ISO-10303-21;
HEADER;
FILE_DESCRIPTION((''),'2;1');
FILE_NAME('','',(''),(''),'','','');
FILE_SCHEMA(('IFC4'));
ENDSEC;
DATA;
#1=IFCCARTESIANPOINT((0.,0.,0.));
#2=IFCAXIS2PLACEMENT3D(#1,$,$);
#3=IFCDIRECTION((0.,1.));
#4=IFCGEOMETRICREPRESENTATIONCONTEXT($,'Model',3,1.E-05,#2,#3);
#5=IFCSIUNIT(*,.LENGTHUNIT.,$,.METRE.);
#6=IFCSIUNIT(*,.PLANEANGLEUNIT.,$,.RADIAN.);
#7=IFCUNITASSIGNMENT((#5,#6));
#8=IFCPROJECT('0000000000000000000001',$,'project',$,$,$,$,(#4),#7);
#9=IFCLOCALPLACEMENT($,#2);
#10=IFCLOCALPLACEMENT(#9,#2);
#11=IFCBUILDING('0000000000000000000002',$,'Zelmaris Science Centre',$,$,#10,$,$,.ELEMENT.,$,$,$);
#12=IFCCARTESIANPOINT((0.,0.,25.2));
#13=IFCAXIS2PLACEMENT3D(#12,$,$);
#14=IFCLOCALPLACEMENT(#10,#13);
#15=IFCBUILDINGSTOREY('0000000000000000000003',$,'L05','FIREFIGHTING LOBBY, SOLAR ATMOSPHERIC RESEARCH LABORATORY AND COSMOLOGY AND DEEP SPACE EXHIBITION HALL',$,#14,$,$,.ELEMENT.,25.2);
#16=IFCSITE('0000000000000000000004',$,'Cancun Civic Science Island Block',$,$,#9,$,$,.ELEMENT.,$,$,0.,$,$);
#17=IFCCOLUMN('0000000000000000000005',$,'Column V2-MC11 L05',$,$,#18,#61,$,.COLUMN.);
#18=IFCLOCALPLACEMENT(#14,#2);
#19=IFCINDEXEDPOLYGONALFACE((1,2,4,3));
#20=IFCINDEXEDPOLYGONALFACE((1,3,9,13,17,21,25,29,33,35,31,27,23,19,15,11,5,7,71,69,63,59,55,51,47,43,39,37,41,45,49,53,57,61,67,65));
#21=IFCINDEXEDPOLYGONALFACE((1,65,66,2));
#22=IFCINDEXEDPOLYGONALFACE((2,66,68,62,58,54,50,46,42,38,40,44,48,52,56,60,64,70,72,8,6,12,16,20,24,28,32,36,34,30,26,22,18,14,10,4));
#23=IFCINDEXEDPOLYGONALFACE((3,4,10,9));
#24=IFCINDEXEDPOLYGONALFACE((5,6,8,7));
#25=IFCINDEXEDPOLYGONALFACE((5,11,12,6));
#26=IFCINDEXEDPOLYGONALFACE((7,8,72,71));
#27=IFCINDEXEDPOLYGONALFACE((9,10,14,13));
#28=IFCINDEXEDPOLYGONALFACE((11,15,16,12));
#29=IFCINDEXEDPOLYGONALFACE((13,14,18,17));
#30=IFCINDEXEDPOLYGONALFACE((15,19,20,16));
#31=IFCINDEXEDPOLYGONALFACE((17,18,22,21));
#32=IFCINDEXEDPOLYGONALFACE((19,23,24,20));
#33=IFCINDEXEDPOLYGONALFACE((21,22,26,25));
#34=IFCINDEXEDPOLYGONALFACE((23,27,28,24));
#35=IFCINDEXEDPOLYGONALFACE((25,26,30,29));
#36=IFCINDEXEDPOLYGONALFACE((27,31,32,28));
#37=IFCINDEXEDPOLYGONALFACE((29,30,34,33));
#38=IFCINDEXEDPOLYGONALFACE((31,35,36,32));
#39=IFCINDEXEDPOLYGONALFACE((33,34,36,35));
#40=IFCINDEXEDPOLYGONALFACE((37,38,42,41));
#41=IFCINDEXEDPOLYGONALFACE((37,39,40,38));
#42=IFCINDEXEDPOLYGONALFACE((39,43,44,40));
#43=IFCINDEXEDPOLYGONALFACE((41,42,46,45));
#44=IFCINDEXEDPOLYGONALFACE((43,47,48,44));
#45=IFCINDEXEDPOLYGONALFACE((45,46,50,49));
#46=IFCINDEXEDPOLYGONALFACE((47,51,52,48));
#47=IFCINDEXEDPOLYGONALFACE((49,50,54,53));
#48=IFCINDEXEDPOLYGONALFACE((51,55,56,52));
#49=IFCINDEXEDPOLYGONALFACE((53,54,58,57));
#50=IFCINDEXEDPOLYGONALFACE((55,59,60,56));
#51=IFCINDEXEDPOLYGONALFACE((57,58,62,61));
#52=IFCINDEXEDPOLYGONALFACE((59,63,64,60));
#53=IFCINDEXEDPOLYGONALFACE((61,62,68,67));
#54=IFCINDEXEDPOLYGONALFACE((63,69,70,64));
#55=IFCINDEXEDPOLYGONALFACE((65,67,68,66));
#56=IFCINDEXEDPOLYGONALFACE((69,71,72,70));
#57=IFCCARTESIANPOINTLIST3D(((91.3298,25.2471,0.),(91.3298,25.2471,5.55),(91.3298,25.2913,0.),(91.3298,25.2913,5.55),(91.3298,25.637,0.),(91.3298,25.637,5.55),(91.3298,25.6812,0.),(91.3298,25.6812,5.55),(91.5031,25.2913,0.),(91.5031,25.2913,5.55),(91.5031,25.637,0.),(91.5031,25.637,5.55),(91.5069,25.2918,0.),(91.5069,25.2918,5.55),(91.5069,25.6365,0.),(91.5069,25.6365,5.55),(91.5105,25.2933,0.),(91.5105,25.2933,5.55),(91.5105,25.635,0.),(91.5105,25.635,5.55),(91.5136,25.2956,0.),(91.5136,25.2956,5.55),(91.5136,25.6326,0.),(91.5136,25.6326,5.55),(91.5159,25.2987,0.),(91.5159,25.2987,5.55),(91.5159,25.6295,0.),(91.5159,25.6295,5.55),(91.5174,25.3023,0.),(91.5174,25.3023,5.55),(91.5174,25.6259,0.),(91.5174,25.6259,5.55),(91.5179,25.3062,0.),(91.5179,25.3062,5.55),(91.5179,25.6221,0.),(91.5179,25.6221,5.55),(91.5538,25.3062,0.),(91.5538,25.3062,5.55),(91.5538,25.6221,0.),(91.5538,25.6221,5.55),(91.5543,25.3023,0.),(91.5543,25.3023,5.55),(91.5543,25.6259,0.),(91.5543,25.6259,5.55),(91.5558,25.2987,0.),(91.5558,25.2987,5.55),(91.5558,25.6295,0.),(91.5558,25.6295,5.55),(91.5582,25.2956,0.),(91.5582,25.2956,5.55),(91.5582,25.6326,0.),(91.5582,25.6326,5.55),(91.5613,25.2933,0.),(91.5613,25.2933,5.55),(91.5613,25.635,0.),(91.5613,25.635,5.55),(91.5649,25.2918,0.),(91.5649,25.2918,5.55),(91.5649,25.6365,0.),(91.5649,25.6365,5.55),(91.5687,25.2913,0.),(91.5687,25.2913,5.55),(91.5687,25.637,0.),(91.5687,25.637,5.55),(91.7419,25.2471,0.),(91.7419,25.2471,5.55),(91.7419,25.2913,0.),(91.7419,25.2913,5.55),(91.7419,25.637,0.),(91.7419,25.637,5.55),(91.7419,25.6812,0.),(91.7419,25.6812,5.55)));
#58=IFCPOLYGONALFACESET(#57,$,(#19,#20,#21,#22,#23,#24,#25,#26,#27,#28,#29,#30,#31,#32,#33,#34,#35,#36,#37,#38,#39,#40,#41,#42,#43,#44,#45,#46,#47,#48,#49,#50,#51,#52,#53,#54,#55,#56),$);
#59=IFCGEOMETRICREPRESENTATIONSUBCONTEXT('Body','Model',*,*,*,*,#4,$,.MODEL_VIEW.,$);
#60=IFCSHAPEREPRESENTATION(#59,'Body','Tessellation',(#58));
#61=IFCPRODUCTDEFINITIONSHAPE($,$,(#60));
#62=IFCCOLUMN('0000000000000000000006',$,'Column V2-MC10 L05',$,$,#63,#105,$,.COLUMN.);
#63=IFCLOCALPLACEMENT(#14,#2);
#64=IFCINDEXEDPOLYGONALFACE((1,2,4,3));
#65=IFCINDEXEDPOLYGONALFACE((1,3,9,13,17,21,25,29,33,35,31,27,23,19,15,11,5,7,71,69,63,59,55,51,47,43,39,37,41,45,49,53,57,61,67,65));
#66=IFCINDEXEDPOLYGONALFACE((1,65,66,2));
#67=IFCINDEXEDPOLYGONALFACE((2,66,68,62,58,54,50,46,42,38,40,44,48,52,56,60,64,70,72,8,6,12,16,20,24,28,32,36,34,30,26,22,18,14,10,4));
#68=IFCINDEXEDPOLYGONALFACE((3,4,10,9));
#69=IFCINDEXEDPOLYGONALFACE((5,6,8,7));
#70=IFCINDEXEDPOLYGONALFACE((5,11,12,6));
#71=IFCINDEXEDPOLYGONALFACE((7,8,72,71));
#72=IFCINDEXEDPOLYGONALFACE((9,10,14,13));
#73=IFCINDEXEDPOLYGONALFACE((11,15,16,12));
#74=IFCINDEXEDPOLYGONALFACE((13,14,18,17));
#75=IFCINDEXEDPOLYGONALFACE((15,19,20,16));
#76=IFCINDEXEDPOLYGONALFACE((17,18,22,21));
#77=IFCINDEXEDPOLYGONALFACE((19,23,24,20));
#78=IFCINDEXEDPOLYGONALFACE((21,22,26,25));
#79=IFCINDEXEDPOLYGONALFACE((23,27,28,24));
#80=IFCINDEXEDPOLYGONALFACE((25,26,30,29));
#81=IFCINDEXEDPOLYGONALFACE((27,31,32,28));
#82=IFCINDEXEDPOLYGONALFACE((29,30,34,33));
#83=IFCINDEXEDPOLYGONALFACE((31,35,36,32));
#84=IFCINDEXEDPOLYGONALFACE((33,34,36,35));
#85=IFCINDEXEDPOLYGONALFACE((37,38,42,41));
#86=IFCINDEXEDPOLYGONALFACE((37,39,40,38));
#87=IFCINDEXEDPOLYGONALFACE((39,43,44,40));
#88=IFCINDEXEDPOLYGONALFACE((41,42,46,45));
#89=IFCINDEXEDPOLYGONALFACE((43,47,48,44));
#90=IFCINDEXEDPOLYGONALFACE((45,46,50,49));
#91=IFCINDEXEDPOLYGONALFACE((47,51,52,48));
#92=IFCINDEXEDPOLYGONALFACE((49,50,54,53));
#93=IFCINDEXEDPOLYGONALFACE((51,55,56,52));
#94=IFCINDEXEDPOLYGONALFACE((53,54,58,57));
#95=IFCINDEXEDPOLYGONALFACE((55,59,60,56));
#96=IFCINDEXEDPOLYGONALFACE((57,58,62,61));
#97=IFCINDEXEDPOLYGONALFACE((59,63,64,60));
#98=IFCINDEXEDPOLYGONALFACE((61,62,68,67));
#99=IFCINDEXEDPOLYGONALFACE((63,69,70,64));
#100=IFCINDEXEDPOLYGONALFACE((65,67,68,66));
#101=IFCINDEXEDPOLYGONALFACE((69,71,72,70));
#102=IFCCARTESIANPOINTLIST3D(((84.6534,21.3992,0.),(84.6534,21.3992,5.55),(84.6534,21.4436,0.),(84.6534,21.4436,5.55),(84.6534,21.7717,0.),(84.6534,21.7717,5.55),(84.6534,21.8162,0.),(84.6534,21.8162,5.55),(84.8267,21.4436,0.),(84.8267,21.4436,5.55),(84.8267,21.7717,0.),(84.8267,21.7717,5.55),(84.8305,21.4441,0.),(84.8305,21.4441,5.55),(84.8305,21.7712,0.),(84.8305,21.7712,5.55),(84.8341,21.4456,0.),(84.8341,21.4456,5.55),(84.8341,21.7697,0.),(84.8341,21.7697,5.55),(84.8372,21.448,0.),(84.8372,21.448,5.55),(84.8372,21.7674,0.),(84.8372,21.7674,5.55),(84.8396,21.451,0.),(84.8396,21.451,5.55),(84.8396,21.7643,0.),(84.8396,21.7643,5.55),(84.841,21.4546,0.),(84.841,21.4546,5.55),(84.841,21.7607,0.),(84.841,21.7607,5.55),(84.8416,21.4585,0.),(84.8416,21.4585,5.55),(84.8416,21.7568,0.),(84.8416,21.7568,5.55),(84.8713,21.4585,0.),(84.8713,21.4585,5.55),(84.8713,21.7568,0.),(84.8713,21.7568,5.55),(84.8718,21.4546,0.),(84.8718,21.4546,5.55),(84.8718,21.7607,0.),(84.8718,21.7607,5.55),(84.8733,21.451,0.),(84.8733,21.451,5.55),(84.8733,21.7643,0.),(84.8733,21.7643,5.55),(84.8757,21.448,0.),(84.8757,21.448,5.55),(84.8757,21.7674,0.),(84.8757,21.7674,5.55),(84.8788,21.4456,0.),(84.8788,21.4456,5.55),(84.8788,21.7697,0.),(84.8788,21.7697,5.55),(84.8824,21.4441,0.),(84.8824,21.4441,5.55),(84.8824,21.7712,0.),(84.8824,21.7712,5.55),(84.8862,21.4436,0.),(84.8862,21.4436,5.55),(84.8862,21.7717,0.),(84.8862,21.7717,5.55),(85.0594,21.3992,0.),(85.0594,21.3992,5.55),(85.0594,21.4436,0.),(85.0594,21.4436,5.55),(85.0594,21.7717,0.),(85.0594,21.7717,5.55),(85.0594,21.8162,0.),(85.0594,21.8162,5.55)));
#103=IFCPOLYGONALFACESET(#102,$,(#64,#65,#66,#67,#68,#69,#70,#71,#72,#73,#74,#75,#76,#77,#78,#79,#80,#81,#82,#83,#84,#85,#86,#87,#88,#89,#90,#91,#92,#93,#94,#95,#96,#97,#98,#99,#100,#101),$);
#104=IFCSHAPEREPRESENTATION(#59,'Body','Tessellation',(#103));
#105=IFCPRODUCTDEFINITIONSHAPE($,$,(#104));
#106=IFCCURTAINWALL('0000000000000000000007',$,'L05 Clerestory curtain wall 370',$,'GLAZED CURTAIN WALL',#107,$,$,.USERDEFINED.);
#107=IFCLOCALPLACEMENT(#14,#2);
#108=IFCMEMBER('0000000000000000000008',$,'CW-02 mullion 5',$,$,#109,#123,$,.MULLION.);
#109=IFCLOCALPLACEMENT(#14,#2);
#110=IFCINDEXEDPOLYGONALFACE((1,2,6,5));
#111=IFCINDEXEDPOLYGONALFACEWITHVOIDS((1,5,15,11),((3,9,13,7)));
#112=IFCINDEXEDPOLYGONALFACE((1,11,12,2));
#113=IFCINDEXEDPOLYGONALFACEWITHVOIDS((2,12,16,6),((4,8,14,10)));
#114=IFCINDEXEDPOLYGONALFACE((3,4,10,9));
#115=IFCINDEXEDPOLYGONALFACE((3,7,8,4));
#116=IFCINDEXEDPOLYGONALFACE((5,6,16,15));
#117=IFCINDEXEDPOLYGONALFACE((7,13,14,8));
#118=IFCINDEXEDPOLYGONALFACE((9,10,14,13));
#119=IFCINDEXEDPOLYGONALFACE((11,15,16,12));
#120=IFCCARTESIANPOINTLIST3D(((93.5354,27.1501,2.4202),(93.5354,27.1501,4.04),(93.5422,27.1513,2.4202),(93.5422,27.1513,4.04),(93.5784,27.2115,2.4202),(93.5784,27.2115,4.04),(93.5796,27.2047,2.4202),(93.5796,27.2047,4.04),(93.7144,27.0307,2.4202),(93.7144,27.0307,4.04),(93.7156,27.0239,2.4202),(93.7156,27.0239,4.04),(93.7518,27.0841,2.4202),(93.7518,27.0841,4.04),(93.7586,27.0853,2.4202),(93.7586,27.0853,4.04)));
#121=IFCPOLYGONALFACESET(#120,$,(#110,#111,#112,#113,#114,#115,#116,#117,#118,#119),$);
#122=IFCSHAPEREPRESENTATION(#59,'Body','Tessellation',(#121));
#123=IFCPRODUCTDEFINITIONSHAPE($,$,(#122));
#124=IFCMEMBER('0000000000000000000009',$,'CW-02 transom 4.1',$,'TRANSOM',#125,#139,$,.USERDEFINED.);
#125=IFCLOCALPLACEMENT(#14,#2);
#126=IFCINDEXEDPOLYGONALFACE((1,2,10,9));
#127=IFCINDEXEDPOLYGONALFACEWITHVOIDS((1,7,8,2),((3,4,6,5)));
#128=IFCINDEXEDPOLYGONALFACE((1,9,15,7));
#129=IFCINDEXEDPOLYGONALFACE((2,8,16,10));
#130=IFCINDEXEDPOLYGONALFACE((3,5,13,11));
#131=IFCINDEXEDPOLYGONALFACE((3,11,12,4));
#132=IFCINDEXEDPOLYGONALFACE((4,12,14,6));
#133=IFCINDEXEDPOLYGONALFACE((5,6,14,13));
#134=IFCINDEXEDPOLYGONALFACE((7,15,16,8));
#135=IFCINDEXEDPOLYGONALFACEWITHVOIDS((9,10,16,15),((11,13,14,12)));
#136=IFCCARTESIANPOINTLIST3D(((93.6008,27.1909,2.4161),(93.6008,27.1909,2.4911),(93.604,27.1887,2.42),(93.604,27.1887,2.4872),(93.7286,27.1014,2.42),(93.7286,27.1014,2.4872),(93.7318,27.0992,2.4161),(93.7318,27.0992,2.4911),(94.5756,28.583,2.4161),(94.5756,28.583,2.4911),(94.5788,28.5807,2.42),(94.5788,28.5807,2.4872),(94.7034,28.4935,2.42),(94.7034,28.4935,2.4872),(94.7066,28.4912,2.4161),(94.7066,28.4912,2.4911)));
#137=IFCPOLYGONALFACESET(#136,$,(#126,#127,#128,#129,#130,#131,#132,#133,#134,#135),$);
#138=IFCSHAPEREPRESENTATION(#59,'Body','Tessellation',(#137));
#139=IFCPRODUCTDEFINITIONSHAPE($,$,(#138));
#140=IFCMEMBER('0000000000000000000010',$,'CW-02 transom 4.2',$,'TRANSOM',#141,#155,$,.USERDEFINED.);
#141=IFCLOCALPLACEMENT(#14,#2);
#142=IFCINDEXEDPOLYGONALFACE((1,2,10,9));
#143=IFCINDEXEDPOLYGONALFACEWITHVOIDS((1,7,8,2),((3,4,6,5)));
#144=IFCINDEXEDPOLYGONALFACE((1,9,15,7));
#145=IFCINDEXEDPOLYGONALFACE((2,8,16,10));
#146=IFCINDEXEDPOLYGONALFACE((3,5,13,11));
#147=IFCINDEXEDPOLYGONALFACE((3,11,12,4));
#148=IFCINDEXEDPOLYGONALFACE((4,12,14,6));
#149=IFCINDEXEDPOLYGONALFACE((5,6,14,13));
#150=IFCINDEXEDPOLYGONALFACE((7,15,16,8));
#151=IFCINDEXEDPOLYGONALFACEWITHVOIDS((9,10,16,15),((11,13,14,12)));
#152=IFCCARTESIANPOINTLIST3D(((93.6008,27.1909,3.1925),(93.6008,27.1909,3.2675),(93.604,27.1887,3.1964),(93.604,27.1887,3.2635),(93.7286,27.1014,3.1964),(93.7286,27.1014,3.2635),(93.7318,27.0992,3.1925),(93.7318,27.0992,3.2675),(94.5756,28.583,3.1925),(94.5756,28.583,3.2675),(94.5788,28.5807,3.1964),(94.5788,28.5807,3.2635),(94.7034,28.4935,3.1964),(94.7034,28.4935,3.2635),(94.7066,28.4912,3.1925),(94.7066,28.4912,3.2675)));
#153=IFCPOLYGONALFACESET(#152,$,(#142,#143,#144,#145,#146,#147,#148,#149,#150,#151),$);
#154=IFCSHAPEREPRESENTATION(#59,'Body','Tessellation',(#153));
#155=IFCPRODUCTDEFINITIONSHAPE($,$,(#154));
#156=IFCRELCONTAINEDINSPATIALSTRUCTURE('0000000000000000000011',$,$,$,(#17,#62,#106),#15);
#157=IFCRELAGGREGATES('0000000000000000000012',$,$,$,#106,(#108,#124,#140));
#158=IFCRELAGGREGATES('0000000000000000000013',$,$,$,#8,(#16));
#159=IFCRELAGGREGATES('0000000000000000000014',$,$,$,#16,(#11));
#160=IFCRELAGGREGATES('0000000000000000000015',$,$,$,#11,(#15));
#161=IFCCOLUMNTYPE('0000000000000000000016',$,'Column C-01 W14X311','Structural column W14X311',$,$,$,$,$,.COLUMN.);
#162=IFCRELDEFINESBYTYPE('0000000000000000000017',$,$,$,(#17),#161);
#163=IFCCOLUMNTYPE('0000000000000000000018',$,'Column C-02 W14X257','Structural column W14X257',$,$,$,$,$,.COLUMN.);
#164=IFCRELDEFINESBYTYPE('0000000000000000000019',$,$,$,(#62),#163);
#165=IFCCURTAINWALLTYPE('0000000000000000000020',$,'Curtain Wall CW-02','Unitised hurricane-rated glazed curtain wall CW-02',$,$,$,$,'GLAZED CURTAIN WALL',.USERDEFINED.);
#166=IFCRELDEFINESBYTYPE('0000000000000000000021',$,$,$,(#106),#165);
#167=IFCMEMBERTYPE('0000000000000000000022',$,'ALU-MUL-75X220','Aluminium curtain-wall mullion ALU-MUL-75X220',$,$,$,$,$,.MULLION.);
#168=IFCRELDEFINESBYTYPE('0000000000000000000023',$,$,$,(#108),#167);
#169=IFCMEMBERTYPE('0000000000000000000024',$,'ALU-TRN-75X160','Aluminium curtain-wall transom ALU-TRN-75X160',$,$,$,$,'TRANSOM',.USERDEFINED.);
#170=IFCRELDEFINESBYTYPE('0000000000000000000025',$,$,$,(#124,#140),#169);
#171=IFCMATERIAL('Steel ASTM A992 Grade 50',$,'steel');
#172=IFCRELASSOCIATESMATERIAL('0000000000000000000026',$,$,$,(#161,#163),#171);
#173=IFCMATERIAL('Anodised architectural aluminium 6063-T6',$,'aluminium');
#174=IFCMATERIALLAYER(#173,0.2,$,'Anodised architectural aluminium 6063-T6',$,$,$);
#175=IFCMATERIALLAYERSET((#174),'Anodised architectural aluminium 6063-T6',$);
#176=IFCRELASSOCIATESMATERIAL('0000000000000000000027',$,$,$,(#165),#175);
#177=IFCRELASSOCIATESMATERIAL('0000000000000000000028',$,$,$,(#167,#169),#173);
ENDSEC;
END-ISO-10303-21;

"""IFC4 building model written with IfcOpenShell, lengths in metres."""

from ifc_helpers import new_model, si_unit, direction, frame, origin, origin_2d, place, context, subcontext, project, spatial, hollow_rectangle, i_section, extrude, material, layer, layer_set, material_profile, profile_set, type_object, element, aggregate, save


model = new_model("IFC4")

# Units and contexts
model_context = context("Model", 3, precision=1e-05, world=origin(), true_north=direction((0.0, 1.0)))
body_context = subcontext(model_context, "Body", "Model", "MODEL_VIEW")
ifc_project = project(units=[si_unit("LENGTHUNIT", "METRE"), si_unit("PLANEANGLEUNIT", "RADIAN")], contexts=[model_context])

# Site, building, storey
site_placement = place(None, origin())
site = spatial("IfcSite", under=ifc_project, at=site_placement, Name="Cancun Civic Science Island Block", CompositionType="ELEMENT", RefElevation=0.0)
building_placement = place(site_placement, origin())
building = spatial("IfcBuilding", under=site, at=building_placement, Name="Zelmaris Science Centre", CompositionType="ELEMENT")
storey_placement = place(building_placement, frame((0.0, 0.0, 25.2)))
storey = spatial("IfcBuildingStorey", under=building, at=storey_placement, Name="L05", Description="FIREFIGHTING LOBBY, SOLAR ATMOSPHERIC RESEARCH LABORATORY AND COSMOLOGY AND DEEP SPACE EXHIBITION HALL", CompositionType="ELEMENT", Elevation=25.2)

# Columns
ifc_material_1 = material(Name="Steel ASTM A992 Grade 50", Category="steel")
ifc_material_profile_1 = material_profile(ifc_material_1, i_section(OverallWidth=0.4121, OverallDepth=0.4341, WebThickness=0.0359, FlangeThickness=0.0442, FilletRadius=0.0149, at=origin_2d()), Name="W14X311")
ifc_profile_set_1 = profile_set([ifc_material_profile_1], Name="Steel ASTM A992 Grade 50")
column_type_1 = type_object("IfcColumnType", Name="Column C-01 W14X311", Description="Structural column W14X311", PredefinedType="COLUMN", material=ifc_profile_set_1)
column_1_placement = place(storey_placement, frame((91.5359, 25.4641, 0.0), z_axis=(0.0, 0.0, 1.0), x_axis=(1.0, 0.0, 0.0)))
element("IfcColumn", 1, at=column_1_placement, inside=storey, type_object=column_type_1, Name="Column V2-MC11 L05", PredefinedType="COLUMN", context=body_context, shape_type="SweptSolid", body=[
    extrude(i_section(OverallWidth=0.4121, OverallDepth=0.4341, WebThickness=0.0359, FlangeThickness=0.0442, FilletRadius=0.0149, at=origin_2d()), origin(), (0.0, 0.0, 1.0), 5.55),
])
ifc_material_profile_2 = material_profile(ifc_material_1, i_section(OverallWidth=0.406, OverallDepth=0.417, WebThickness=0.0298, FlangeThickness=0.0444, FilletRadius=0.0149, at=origin_2d()), Name="W14X257")
ifc_profile_set_2 = profile_set([ifc_material_profile_2], Name="Steel ASTM A992 Grade 50")
column_type_2 = type_object("IfcColumnType", Name="Column C-02 W14X257", Description="Structural column W14X257", PredefinedType="COLUMN", material=ifc_profile_set_2)
column_2_placement = place(storey_placement, frame((84.8564, 21.6077, 0.0), z_axis=(0.0, 0.0, 1.0), x_axis=(1.0, 0.0, 0.0)))
element("IfcColumn", 2, at=column_2_placement, inside=storey, type_object=column_type_2, Name="Column V2-MC10 L05", PredefinedType="COLUMN", context=body_context, shape_type="SweptSolid", body=[
    extrude(i_section(OverallWidth=0.406, OverallDepth=0.417, WebThickness=0.0298, FlangeThickness=0.0444, FilletRadius=0.0149, at=origin_2d()), origin(), (0.0, 0.0, 1.0), 5.55),
])

# Curtain wall, members
ifc_material_2 = material(Name="Anodised architectural aluminium 6063-T6", Category="aluminium")
ifc_layer_1 = layer(ifc_material_2, 0.2, Name="Anodised architectural aluminium 6063-T6")
ifc_layer_set_1 = layer_set([ifc_layer_1], Name="Anodised architectural aluminium 6063-T6")
curtain_wall_type = type_object("IfcCurtainWallType", Name="Curtain Wall CW-02", Description="Unitised hurricane-rated glazed curtain wall CW-02", ElementType="GLAZED CURTAIN WALL", PredefinedType="USERDEFINED", material=ifc_layer_set_1)
curtain_wall_placement = place(storey_placement, origin())
curtain_wall = element("IfcCurtainWall", 3, at=curtain_wall_placement, inside=storey, type_object=curtain_wall_type, Name="L05 Clerestory curtain wall 370", ObjectType="GLAZED CURTAIN WALL", PredefinedType="USERDEFINED")
ifc_material_profile_3 = material_profile(ifc_material_2, hollow_rectangle(XDim=0.075, YDim=0.22, WallThickness=0.0049, at=origin_2d()), Name="ALU-MUL-75X220")
ifc_profile_set_3 = profile_set([ifc_material_profile_3], Name="Anodised architectural aluminium 6063-T6")
member_type_1 = type_object("IfcMemberType", Name="ALU-MUL-75X220", Description="Aluminium curtain-wall mullion ALU-MUL-75X220", PredefinedType="MULLION", material=ifc_profile_set_3)
member_1_placement = place(storey_placement, frame((93.647, 27.1177, 2.4202), z_axis=(0.0, 0.0, 1.0), x_axis=(-0.573575, -0.819153, 0.0)))
member_1 = element("IfcMember", 4, at=member_1_placement, type_object=member_type_1, Name="CW-02 mullion 5", PredefinedType="MULLION", context=body_context, shape_type="SweptSolid", body=[
    extrude(hollow_rectangle(XDim=0.075, YDim=0.22, WallThickness=0.0049, at=origin_2d()), origin(), (0.0, 0.0, 1.0), 1.6199),
])
ifc_material_profile_4 = material_profile(ifc_material_2, hollow_rectangle(XDim=0.075, YDim=0.1599, WallThickness=0.0039, at=origin_2d()), Name="ALU-TRN-75X160")
ifc_profile_set_4 = profile_set([ifc_material_profile_4], Name="Anodised architectural aluminium 6063-T6")
member_type_2 = type_object("IfcMemberType", Name="ALU-TRN-75X160", Description="Aluminium curtain-wall transom ALU-TRN-75X160", ElementType="TRANSOM", PredefinedType="USERDEFINED", material=ifc_profile_set_4)
member_2_placement = place(storey_placement, frame((94.6411, 28.5371, 2.4536), z_axis=(-0.573617, -0.819124, 0.0), x_axis=(0.0, 0.0, 1.0)))
member_2 = element("IfcMember", 5, at=member_2_placement, type_object=member_type_2, Name="CW-02 transom 4.1", ObjectType="TRANSOM", PredefinedType="USERDEFINED", context=body_context, shape_type="SweptSolid", body=[
    extrude(hollow_rectangle(XDim=0.075, YDim=0.1599, WallThickness=0.0039, at=origin_2d()), origin(), (0.0, 0.0, 1.0), 1.6995),
])
member_3_placement = place(storey_placement, frame((94.6411, 28.5371, 3.23), z_axis=(-0.573617, -0.819124, 0.0), x_axis=(0.0, 0.0, 1.0)))
member_3 = element("IfcMember", 6, at=member_3_placement, type_object=member_type_2, Name="CW-02 transom 4.2", ObjectType="TRANSOM", PredefinedType="USERDEFINED", context=body_context, shape_type="SweptSolid", body=[
    extrude(hollow_rectangle(XDim=0.075, YDim=0.1599, WallThickness=0.0039, at=origin_2d()), origin(), (0.0, 0.0, 1.0), 1.6995),
])

aggregate(curtain_wall, [member_1, member_2, member_3])

save(model, "model.ifc")
